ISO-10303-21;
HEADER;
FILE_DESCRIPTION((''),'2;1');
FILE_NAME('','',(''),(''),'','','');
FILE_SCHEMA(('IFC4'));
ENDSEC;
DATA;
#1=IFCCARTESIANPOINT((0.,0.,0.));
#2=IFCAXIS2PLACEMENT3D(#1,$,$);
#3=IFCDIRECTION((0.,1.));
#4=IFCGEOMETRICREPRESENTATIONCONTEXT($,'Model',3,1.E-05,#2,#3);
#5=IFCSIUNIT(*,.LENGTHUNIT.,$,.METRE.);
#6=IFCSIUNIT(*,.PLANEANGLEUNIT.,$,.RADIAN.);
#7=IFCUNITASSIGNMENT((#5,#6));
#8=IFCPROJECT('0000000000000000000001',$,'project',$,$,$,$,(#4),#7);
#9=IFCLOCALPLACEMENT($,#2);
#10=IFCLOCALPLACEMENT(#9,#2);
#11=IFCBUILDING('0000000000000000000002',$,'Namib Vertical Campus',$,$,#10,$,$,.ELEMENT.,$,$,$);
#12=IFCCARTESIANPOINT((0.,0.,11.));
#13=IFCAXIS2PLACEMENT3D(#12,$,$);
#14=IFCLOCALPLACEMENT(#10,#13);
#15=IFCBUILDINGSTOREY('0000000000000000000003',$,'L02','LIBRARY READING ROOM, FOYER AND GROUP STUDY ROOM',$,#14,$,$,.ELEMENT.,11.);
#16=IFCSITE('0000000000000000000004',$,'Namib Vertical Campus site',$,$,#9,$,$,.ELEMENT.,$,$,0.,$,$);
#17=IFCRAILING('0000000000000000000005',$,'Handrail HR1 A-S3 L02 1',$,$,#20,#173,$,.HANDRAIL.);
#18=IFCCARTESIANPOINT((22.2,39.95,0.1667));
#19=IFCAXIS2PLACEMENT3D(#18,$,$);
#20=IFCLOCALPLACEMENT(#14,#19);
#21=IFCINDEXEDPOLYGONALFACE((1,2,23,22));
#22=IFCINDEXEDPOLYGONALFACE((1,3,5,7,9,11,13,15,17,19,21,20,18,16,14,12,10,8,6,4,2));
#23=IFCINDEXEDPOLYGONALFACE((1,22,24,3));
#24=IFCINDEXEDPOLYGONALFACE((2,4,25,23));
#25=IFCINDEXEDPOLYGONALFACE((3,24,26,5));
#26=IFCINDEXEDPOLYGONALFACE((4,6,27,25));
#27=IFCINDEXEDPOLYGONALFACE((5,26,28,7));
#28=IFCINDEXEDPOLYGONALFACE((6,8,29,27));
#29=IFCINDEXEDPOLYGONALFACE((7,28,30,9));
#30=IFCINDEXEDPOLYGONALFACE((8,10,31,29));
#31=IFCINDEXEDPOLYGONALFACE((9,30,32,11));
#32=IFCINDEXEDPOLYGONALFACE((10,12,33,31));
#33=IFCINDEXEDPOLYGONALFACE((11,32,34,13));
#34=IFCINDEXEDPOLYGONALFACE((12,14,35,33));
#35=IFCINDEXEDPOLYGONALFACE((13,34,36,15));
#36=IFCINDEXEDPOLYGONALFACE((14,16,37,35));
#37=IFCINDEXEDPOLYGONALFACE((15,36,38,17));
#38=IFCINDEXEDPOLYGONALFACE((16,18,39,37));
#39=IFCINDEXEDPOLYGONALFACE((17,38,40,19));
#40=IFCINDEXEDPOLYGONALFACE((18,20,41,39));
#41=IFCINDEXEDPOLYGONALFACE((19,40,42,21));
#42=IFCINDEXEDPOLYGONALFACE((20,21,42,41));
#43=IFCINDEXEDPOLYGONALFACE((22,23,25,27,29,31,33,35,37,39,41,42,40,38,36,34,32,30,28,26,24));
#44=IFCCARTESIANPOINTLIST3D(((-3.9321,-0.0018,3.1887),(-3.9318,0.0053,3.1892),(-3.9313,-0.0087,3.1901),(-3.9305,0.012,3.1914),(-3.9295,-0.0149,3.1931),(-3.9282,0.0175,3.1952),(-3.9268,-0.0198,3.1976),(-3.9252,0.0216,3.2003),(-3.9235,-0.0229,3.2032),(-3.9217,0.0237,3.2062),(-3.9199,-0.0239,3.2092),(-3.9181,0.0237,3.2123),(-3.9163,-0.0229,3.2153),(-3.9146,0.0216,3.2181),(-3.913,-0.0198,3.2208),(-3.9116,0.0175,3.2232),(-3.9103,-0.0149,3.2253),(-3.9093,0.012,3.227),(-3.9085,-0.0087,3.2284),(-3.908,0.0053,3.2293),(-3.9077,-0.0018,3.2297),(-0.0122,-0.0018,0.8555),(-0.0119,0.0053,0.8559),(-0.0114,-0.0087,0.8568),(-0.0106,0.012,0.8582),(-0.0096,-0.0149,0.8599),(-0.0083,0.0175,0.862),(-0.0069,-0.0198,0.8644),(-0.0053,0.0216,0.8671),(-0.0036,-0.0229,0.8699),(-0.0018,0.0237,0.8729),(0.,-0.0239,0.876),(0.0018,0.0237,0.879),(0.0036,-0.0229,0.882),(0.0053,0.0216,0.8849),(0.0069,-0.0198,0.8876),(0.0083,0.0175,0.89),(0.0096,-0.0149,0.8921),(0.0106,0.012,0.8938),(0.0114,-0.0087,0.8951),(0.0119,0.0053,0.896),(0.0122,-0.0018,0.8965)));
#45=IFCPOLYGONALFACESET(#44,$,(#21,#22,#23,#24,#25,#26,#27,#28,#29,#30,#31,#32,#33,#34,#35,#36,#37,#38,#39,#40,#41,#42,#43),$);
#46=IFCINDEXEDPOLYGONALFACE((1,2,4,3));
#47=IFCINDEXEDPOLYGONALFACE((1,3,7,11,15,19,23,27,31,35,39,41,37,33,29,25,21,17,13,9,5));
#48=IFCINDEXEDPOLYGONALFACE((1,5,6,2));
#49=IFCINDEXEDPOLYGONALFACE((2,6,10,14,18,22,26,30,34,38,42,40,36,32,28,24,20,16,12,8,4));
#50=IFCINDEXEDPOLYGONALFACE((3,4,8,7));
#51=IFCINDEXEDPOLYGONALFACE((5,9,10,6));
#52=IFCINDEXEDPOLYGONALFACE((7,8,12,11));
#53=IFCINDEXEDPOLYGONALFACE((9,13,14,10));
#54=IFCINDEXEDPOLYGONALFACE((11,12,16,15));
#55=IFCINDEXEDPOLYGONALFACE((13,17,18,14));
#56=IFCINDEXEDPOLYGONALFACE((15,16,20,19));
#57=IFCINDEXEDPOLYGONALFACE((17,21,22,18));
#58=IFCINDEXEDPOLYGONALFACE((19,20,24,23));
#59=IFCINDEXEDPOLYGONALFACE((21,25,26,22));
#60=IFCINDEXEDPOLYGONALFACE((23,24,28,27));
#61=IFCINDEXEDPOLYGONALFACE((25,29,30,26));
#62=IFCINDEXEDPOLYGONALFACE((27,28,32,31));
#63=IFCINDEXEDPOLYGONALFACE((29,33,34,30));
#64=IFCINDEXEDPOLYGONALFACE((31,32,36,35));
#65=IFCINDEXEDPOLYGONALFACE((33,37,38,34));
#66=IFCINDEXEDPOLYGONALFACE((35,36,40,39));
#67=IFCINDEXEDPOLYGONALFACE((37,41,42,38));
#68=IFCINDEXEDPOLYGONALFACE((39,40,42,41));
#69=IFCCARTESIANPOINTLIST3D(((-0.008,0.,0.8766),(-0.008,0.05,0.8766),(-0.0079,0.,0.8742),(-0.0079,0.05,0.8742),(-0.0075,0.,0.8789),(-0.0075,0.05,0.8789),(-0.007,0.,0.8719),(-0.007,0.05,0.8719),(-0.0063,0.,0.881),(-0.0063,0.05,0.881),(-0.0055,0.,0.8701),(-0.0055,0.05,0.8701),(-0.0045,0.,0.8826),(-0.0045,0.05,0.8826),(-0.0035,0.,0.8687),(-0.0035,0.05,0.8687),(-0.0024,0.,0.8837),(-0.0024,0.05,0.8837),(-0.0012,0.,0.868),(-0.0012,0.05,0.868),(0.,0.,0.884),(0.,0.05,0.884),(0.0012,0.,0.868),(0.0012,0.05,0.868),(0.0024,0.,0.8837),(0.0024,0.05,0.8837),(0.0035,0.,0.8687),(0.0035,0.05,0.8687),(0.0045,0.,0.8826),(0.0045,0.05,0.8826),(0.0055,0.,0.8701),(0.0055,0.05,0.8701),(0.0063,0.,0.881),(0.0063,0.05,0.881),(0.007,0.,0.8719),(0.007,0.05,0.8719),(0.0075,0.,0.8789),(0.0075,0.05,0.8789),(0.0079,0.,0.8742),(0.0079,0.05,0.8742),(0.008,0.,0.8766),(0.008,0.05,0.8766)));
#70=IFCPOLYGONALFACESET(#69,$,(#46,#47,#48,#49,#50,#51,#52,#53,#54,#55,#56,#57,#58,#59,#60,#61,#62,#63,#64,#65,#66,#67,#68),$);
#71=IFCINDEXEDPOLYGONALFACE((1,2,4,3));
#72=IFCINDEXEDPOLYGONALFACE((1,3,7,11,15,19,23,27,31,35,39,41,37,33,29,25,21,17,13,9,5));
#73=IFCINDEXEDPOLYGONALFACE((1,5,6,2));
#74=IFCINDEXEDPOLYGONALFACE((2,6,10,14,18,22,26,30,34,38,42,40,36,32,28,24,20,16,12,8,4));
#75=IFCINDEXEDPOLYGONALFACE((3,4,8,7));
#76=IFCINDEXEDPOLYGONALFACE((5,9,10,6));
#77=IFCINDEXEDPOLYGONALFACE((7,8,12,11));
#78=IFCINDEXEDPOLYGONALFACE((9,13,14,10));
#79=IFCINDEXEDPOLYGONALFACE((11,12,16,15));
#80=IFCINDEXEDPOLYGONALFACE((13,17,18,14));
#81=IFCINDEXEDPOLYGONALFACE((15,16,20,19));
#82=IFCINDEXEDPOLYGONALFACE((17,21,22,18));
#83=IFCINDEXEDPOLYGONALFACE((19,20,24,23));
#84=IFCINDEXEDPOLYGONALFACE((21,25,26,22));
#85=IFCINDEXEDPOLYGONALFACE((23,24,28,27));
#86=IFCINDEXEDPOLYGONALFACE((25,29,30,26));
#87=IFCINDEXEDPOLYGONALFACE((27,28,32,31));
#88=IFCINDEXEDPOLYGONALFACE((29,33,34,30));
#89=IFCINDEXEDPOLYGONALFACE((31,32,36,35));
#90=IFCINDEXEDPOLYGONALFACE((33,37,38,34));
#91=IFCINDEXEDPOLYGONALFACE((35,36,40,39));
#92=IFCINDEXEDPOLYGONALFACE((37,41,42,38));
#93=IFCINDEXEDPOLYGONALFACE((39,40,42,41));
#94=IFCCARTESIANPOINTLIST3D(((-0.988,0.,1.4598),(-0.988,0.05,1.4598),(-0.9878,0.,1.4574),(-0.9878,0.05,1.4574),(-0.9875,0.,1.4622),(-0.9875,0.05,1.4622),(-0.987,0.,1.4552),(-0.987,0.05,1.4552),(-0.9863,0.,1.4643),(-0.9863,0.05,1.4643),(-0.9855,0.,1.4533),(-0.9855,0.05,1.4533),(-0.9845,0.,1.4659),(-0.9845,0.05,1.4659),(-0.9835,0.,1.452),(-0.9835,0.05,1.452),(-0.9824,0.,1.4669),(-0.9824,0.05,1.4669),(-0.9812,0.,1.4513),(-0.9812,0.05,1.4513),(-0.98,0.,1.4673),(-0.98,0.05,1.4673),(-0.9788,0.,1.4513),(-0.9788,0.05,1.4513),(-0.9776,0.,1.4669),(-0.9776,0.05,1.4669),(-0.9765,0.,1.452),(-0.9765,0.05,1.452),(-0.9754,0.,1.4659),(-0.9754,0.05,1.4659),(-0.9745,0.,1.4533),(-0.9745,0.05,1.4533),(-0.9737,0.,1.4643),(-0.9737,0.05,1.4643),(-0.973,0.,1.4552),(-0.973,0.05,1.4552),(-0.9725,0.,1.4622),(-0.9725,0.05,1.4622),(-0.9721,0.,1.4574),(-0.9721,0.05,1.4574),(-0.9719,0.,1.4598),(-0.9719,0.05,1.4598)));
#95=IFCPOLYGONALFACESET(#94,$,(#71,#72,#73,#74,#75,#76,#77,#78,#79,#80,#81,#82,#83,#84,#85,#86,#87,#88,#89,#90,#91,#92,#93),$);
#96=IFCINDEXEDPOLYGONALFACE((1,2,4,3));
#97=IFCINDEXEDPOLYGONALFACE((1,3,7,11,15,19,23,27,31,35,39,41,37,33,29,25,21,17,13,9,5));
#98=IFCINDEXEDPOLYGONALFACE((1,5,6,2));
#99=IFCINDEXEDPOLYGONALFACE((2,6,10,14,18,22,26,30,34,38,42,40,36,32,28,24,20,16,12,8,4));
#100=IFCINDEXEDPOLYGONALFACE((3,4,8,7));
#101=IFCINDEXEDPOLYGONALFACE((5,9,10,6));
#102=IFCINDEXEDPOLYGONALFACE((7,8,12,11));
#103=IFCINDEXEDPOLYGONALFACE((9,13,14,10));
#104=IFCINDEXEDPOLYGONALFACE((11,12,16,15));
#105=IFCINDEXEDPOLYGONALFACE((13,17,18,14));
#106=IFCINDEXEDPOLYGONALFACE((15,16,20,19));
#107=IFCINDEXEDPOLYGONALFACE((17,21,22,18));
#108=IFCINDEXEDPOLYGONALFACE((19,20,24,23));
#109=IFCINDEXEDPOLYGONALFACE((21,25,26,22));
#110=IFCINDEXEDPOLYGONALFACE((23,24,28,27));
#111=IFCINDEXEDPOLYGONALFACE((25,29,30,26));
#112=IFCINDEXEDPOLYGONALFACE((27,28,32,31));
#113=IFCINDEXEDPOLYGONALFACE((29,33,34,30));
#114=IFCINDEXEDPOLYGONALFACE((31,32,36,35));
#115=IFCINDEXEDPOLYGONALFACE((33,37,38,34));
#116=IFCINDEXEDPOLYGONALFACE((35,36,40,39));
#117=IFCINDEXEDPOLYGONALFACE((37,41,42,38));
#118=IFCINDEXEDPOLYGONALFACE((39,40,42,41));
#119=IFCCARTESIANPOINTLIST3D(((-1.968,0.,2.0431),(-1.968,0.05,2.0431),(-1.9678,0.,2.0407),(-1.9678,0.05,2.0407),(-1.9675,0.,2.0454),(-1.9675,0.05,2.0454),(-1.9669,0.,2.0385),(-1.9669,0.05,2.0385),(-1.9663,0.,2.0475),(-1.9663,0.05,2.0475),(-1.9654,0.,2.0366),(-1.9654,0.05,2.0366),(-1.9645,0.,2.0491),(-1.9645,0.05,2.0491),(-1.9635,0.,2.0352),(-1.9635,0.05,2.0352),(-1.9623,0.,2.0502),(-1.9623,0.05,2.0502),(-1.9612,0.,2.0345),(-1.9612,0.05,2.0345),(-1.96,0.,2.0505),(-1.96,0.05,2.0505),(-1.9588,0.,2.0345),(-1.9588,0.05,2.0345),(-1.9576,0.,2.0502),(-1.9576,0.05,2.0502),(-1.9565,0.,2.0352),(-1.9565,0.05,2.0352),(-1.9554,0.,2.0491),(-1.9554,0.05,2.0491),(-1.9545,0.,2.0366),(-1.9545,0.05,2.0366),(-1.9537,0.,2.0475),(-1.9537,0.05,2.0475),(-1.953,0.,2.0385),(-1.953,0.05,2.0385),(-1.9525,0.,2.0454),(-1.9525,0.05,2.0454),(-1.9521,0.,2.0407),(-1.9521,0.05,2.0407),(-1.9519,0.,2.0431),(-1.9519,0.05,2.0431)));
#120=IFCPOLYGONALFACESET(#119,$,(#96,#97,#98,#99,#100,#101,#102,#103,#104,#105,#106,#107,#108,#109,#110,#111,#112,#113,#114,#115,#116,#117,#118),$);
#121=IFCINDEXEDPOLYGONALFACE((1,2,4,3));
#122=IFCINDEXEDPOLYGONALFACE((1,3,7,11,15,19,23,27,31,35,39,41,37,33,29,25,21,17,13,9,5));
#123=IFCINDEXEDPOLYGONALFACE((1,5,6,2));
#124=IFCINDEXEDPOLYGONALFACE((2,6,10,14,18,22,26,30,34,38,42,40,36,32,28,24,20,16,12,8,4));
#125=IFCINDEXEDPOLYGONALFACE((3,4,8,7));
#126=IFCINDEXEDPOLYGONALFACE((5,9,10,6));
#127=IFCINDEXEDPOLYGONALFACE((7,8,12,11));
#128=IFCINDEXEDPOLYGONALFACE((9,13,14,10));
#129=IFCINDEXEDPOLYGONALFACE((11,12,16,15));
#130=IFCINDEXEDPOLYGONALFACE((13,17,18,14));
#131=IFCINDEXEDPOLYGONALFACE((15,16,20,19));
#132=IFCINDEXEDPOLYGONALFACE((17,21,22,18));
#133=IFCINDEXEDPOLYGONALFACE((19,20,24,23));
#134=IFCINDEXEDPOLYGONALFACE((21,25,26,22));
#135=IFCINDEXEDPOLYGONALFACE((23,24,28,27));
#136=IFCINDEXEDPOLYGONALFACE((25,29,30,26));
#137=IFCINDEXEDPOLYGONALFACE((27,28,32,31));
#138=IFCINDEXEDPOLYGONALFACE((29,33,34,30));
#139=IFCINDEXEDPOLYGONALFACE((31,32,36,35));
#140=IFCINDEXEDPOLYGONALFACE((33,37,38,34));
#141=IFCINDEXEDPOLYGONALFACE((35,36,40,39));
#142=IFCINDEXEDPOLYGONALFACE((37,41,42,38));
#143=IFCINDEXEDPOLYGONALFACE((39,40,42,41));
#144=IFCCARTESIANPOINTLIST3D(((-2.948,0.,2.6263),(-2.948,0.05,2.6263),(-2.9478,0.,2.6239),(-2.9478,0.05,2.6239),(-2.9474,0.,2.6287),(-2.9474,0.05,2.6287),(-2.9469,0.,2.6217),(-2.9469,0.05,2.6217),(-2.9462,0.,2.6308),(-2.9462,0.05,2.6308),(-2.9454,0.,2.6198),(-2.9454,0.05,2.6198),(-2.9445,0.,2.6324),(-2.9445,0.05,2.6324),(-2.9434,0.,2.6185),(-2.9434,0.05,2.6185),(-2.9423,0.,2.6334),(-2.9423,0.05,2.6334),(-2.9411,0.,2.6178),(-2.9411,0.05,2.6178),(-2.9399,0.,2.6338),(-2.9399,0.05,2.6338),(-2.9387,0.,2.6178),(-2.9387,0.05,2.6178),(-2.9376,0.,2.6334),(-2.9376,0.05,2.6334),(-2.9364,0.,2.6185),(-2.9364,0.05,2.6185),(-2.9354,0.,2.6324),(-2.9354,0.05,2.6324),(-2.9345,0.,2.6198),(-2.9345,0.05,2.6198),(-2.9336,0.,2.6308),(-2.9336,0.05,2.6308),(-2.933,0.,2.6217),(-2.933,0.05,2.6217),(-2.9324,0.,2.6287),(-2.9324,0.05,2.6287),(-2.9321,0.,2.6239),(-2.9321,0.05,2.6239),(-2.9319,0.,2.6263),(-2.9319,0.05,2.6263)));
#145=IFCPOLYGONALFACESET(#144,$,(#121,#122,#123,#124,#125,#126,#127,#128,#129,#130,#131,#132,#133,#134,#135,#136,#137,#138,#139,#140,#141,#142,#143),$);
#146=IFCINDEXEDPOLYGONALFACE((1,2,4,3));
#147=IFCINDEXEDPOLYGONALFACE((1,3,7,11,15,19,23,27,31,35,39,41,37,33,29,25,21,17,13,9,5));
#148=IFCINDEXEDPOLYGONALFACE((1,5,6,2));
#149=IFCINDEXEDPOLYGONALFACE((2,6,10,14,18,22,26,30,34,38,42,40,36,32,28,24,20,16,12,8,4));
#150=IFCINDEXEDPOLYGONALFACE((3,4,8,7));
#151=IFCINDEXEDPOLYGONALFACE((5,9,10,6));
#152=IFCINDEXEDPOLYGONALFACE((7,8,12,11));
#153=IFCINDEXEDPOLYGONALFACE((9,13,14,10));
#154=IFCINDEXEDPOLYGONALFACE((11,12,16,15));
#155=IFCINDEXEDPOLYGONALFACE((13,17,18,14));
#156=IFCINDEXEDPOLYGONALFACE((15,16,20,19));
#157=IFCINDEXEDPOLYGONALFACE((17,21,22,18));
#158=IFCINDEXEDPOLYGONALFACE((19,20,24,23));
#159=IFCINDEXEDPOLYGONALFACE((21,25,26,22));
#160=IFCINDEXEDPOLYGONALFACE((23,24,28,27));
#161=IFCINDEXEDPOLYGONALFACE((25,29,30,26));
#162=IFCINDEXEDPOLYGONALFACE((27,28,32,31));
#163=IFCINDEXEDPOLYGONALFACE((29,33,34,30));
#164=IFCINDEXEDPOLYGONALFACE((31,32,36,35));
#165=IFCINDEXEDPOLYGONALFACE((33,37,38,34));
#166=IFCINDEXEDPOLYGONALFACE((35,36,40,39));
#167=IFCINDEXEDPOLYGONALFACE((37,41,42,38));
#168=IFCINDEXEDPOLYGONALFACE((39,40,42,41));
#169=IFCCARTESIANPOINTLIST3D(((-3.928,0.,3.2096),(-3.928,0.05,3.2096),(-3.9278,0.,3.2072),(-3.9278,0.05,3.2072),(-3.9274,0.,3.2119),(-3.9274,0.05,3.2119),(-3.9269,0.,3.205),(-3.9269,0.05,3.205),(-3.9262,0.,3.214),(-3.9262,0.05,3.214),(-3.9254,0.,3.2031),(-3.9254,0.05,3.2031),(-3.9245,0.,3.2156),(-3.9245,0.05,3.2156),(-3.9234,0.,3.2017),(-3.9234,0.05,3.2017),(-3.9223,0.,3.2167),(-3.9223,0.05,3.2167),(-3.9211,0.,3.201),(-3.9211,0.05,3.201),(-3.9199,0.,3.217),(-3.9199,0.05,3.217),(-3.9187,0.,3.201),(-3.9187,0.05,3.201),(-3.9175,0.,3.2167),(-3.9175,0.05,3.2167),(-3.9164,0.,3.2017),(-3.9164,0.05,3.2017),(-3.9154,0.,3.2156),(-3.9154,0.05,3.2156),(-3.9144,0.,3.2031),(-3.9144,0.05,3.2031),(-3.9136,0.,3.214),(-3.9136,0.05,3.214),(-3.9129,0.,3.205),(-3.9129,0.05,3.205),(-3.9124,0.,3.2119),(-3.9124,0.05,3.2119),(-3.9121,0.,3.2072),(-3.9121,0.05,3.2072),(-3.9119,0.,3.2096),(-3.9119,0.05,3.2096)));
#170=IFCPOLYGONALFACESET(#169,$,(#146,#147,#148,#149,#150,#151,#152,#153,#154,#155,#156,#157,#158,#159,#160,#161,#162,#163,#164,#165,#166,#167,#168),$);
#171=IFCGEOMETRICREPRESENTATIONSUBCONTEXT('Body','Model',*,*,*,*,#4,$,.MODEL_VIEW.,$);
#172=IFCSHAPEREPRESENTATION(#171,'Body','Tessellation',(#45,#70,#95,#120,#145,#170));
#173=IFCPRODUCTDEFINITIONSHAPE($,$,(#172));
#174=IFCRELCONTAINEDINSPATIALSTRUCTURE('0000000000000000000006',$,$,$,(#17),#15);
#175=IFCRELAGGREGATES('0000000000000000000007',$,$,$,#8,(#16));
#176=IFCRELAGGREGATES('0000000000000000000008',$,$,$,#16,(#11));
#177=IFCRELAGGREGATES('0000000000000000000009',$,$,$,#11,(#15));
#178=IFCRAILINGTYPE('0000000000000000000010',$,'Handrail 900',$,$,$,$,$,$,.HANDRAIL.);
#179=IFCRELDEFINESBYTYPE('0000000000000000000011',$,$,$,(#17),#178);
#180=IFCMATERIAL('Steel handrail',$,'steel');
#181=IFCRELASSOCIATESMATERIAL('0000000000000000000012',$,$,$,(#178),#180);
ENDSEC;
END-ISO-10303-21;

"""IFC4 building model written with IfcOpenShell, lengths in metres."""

from ifc_helpers import new_model, si_unit, direction, frame, origin, origin_2d, place, context, subcontext, project, spatial, circle, extrude, material, type_object, element, save


model = new_model("IFC4")

# Units and contexts
model_context = context("Model", 3, precision=1e-05, world=origin(), true_north=direction((0.0, 1.0)))
body_context = subcontext(model_context, "Body", "Model", "MODEL_VIEW")
ifc_project = project(units=[si_unit("LENGTHUNIT", "METRE"), si_unit("PLANEANGLEUNIT", "RADIAN")], contexts=[model_context])

# Site, building, storey
site_placement = place(None, origin())
site = spatial("IfcSite", under=ifc_project, at=site_placement, Name="Namib Vertical Campus site", CompositionType="ELEMENT", RefElevation=0.0)
building_placement = place(site_placement, origin())
building = spatial("IfcBuilding", under=site, at=building_placement, Name="Namib Vertical Campus", CompositionType="ELEMENT")
storey_placement = place(building_placement, frame((0.0, 0.0, 11.0)))
storey = spatial("IfcBuildingStorey", under=building, at=storey_placement, Name="L02", Description="LIBRARY READING ROOM, FOYER AND GROUP STUDY ROOM", CompositionType="ELEMENT", Elevation=11.0)

# Railing
ifc_material_1 = material(Name="Steel handrail", Category="steel")
railing_type_1 = type_object("IfcRailingType", Name="Handrail 900", PredefinedType="HANDRAIL", material=ifc_material_1)
railing_1_placement = place(storey_placement, frame((22.2, 39.95, 0.1667)))
element("IfcRailing", 1, at=railing_1_placement, inside=storey, type_object=railing_type_1, Name="Handrail HR1 A-S3 L02 1", PredefinedType="HANDRAIL", context=body_context, shape_type="SweptSolid", body=[
    extrude(circle(Radius=0.0239, at=origin_2d()), frame((0.0, 0.0, 0.876), z_axis=(-0.859296, 0.0, 0.511478), x_axis=(0.0, -1.0, 0.0)), (0.0, 0.0, 1.0), 4.5618),
    extrude(circle(Radius=0.0081, at=origin_2d()), frame((0.0, 0.0, 0.876), z_axis=(0.0, 1.0, 0.0), x_axis=(0.0, 0.0, 1.0)), (0.0, 0.0, 1.0), 0.05),
    extrude(circle(Radius=0.0081, at=origin_2d()), frame((-0.98, 0.0, 1.4592), z_axis=(0.0, 1.0, 0.0), x_axis=(0.0, 0.0, 1.0)), (0.0, 0.0, 1.0), 0.05),
    extrude(circle(Radius=0.0081, at=origin_2d()), frame((-1.96, 0.0, 2.0425), z_axis=(0.0, 1.0, 0.0), x_axis=(0.0, 0.0, 1.0)), (0.0, 0.0, 1.0), 0.05),
    extrude(circle(Radius=0.0081, at=origin_2d()), frame((-2.9399, 0.0, 2.6257), z_axis=(0.0, 1.0, 0.0), x_axis=(0.0, 0.0, 1.0)), (0.0, 0.0, 1.0), 0.05),
    extrude(circle(Radius=0.0081, at=origin_2d()), frame((-3.9199, 0.0, 3.209), z_axis=(0.0, 1.0, 0.0), x_axis=(0.0, 0.0, 1.0)), (0.0, 0.0, 1.0), 0.05),
])

save(model, "model.ifc")
